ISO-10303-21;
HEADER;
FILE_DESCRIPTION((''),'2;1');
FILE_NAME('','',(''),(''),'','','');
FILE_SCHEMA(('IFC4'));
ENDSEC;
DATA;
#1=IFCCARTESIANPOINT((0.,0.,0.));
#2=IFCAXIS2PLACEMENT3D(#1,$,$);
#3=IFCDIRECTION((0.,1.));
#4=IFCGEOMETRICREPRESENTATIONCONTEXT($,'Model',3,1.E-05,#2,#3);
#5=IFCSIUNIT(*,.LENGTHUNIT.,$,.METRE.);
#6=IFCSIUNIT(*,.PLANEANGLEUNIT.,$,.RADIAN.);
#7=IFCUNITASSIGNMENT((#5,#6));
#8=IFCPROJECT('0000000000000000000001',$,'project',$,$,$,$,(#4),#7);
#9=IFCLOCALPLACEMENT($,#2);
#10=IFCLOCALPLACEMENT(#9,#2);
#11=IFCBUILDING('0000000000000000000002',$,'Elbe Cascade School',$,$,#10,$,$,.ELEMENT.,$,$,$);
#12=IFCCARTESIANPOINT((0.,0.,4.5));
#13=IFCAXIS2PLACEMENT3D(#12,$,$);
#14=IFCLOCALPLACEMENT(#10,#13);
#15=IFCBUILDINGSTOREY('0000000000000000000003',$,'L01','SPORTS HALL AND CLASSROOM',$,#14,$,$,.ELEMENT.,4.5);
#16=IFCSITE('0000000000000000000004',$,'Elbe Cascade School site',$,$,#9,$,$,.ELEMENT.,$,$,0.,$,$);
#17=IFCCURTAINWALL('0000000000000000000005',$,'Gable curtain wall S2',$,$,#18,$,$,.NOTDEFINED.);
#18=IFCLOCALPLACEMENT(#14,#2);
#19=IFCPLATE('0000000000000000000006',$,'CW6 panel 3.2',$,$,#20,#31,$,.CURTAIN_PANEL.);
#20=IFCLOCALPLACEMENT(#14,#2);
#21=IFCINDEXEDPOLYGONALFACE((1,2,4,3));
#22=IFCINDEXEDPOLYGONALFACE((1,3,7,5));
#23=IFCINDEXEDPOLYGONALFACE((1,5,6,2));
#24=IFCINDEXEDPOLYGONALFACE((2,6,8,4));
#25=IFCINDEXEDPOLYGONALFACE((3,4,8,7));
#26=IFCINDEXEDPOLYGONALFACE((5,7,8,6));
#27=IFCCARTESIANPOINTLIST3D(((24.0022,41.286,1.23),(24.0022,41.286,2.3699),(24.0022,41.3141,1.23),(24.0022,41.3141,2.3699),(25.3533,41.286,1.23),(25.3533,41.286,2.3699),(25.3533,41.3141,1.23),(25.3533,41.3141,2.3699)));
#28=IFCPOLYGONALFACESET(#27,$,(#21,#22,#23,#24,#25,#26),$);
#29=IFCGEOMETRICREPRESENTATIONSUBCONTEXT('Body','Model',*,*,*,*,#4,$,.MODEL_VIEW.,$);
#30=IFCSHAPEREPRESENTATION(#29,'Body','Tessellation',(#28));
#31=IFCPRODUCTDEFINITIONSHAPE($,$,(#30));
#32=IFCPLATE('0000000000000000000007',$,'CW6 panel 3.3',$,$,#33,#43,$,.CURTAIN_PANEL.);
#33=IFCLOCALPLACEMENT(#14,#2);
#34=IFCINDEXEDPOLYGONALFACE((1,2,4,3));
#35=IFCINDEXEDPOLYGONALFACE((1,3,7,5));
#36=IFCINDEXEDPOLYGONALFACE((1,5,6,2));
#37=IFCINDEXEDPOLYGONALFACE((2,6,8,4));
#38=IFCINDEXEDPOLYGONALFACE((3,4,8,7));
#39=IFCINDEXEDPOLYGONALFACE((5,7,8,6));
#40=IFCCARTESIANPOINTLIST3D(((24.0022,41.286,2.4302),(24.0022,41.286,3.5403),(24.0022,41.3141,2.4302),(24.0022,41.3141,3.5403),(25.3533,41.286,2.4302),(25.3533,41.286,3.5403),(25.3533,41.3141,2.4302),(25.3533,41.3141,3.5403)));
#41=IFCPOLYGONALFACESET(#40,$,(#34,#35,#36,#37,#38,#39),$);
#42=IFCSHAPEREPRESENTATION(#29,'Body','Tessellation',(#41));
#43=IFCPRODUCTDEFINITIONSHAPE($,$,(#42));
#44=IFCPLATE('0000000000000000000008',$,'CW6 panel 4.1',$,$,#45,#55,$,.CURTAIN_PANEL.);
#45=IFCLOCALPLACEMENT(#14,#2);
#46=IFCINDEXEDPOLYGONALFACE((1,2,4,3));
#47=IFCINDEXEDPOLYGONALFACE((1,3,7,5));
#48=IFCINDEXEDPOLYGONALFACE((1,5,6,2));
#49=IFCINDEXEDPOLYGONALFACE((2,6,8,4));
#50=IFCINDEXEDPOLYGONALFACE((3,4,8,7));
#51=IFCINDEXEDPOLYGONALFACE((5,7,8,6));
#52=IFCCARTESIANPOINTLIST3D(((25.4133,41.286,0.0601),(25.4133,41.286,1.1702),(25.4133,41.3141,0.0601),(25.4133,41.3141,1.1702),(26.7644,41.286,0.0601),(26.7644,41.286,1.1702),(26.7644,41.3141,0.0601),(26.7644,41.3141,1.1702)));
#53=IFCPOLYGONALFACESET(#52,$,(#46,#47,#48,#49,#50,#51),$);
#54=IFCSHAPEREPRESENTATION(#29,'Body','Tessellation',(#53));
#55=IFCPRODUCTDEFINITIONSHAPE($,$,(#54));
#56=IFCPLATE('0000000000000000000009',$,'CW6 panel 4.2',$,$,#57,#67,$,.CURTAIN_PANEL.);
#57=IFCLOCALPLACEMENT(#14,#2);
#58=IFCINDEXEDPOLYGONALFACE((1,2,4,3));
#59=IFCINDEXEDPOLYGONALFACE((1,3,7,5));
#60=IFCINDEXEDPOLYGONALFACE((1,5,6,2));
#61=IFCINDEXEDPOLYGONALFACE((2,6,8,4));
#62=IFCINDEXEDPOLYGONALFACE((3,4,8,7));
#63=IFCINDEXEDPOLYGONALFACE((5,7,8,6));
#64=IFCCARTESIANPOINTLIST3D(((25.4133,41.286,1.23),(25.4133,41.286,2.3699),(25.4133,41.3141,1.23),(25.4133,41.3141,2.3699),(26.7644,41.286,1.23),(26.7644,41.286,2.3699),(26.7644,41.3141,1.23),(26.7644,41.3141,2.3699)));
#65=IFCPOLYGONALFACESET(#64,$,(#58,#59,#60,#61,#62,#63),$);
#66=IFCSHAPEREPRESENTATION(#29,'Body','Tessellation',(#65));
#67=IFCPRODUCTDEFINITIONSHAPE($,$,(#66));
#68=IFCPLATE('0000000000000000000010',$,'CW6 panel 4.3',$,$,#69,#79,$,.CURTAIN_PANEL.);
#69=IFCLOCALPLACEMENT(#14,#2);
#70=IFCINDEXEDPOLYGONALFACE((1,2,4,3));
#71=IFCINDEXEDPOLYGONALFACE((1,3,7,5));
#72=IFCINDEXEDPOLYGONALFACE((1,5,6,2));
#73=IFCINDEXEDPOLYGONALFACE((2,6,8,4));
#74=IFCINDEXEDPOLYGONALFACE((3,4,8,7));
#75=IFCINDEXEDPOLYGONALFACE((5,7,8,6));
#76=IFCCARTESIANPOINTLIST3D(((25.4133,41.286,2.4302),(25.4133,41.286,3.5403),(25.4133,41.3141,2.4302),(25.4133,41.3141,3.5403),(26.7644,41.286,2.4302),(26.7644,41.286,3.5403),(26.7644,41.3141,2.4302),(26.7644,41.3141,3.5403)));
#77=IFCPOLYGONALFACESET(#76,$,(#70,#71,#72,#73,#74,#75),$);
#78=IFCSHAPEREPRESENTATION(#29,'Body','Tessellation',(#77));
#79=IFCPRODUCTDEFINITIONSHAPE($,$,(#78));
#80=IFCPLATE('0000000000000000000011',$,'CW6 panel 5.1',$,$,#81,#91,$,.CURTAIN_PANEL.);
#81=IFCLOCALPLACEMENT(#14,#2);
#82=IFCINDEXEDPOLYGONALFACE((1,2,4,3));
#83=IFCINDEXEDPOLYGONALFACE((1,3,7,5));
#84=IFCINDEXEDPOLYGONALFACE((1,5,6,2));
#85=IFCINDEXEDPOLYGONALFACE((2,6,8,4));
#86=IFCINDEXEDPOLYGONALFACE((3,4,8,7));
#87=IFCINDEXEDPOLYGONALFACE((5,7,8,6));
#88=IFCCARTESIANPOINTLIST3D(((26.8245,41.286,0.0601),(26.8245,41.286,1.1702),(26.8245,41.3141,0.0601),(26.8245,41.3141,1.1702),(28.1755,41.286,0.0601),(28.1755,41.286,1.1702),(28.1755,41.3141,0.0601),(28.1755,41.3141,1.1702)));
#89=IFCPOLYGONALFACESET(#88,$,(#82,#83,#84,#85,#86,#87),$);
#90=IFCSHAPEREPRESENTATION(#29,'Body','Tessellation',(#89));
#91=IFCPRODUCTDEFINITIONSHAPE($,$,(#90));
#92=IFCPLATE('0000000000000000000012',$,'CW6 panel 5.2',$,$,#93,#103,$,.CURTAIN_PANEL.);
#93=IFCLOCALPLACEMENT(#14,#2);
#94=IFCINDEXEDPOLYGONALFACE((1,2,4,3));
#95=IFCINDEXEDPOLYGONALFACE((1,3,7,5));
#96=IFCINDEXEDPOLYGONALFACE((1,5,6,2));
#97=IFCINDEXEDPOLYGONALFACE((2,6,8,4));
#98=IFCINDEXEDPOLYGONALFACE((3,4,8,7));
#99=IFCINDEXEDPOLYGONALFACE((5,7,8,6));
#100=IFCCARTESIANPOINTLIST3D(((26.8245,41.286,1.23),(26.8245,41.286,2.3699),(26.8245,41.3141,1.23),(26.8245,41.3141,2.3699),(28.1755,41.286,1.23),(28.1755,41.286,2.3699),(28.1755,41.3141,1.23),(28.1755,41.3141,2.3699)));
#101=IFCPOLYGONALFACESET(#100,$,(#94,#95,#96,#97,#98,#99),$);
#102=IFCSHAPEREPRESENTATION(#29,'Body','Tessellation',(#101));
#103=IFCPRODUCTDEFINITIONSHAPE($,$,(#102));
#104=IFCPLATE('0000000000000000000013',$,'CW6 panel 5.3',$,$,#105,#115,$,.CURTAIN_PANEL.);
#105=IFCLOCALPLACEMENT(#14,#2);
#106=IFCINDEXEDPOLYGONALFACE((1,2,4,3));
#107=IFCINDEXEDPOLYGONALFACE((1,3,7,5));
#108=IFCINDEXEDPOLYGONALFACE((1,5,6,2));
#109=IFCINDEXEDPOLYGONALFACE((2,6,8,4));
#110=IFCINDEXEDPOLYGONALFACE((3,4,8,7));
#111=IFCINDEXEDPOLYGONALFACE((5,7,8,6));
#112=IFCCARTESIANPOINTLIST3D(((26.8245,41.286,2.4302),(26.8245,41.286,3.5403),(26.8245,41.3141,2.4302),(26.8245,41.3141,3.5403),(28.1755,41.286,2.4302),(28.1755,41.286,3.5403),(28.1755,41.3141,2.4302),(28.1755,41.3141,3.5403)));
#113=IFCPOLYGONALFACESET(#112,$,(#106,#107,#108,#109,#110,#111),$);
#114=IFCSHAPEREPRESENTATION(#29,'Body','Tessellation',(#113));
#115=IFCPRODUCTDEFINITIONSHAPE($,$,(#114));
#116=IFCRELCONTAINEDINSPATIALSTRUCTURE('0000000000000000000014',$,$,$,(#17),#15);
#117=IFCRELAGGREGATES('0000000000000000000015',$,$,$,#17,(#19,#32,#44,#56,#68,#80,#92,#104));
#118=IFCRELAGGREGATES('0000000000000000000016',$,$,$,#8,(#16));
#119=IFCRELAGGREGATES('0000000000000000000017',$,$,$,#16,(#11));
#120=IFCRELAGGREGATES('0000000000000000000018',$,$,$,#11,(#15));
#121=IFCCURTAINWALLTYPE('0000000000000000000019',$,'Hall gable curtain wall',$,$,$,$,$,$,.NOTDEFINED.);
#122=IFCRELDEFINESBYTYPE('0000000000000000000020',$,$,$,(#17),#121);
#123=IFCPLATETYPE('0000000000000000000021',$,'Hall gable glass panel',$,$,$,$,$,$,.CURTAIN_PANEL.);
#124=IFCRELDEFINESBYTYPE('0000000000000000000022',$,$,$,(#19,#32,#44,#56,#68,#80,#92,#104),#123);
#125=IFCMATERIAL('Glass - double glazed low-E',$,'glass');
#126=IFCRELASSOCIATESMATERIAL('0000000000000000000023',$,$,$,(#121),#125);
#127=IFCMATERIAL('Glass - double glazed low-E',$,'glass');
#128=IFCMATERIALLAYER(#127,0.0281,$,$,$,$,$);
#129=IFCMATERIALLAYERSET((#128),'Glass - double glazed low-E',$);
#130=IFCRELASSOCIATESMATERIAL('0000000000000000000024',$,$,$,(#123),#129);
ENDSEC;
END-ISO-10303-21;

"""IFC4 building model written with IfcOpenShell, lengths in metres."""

from ifc_helpers import new_model, si_unit, direction, frame, origin, origin_2d, place, context, subcontext, project, spatial, rectangle, extrude, material, layer, layer_set, type_object, element, aggregate, save


model = new_model("IFC4")

# Units and contexts
model_context = context("Model", 3, precision=1e-05, world=origin(), true_north=direction((0.0, 1.0)))
body_context = subcontext(model_context, "Body", "Model", "MODEL_VIEW")
ifc_project = project(units=[si_unit("LENGTHUNIT", "METRE"), si_unit("PLANEANGLEUNIT", "RADIAN")], contexts=[model_context])

# Site, building, storey
site_placement = place(None, origin())
site = spatial("IfcSite", under=ifc_project, at=site_placement, Name="Elbe Cascade School site", CompositionType="ELEMENT", RefElevation=0.0)
building_placement = place(site_placement, origin())
building = spatial("IfcBuilding", under=site, at=building_placement, Name="Elbe Cascade School", CompositionType="ELEMENT")
storey_placement = place(building_placement, frame((0.0, 0.0, 4.5)))
storey = spatial("IfcBuildingStorey", under=building, at=storey_placement, Name="L01", Description="SPORTS HALL AND CLASSROOM", CompositionType="ELEMENT", Elevation=4.5)

# Curtain wall, plates
ifc_material_1 = material(Name="Glass - double glazed low-E", Category="glass")
curtain_wall_type = type_object("IfcCurtainWallType", Name="Hall gable curtain wall", PredefinedType="NOTDEFINED", material=ifc_material_1)
curtain_wall_placement = place(storey_placement, origin())
curtain_wall = element("IfcCurtainWall", 1, at=curtain_wall_placement, inside=storey, type_object=curtain_wall_type, Name="Gable curtain wall S2", PredefinedType="NOTDEFINED")
ifc_material_2 = material(Name="Glass - double glazed low-E", Category="glass")
ifc_layer = layer(ifc_material_2, 0.0281)
ifc_layer_set = layer_set([ifc_layer], Name="Glass - double glazed low-E")
plate_type = type_object("IfcPlateType", Name="Hall gable glass panel", PredefinedType="CURTAIN_PANEL", material=ifc_layer_set)
plate_1_placement = place(storey_placement, frame((24.6777, 41.3, 1.23), z_axis=(0.0, 0.0, 1.0), x_axis=(1.0, 0.0, 0.0)))
plate_1 = element("IfcPlate", 2, at=plate_1_placement, type_object=plate_type, Name="CW6 panel 3.2", PredefinedType="CURTAIN_PANEL", context=body_context, shape_type="SweptSolid", body=[
    extrude(rectangle(XDim=1.3511, YDim=0.0281, at=origin_2d()), origin(), (0.0, 0.0, 1.0), 1.1399),
])
plate_2_placement = place(storey_placement, frame((24.6777, 41.3, 2.4302), z_axis=(0.0, 0.0, 1.0), x_axis=(1.0, 0.0, 0.0)))
plate_2 = element("IfcPlate", 3, at=plate_2_placement, type_object=plate_type, Name="CW6 panel 3.3", PredefinedType="CURTAIN_PANEL", context=body_context, shape_type="SweptSolid", body=[
    extrude(rectangle(XDim=1.3511, YDim=0.0281, at=origin_2d()), origin(), (0.0, 0.0, 1.0), 1.1101),
])
plate_3_placement = place(storey_placement, frame((26.0889, 41.3, 0.0601), z_axis=(0.0, 0.0, 1.0), x_axis=(1.0, 0.0, 0.0)))
plate_3 = element("IfcPlate", 4, at=plate_3_placement, type_object=plate_type, Name="CW6 panel 4.1", PredefinedType="CURTAIN_PANEL", context=body_context, shape_type="SweptSolid", body=[
    extrude(rectangle(XDim=1.3511, YDim=0.0281, at=origin_2d()), origin(), (0.0, 0.0, 1.0), 1.1101),
])
plate_4_placement = place(storey_placement, frame((26.0889, 41.3, 1.23), z_axis=(0.0, 0.0, 1.0), x_axis=(1.0, 0.0, 0.0)))
plate_4 = element("IfcPlate", 5, at=plate_4_placement, type_object=plate_type, Name="CW6 panel 4.2", PredefinedType="CURTAIN_PANEL", context=body_context, shape_type="SweptSolid", body=[
    extrude(rectangle(XDim=1.3511, YDim=0.0281, at=origin_2d()), origin(), (0.0, 0.0, 1.0), 1.1399),
])
plate_5_placement = place(storey_placement, frame((26.0889, 41.3, 2.4302), z_axis=(0.0, 0.0, 1.0), x_axis=(1.0, 0.0, 0.0)))
plate_5 = element("IfcPlate", 6, at=plate_5_placement, type_object=plate_type, Name="CW6 panel 4.3", PredefinedType="CURTAIN_PANEL", context=body_context, shape_type="SweptSolid", body=[
    extrude(rectangle(XDim=1.3511, YDim=0.0281, at=origin_2d()), origin(), (0.0, 0.0, 1.0), 1.1101),
])
plate_6_placement = place(storey_placement, frame((27.5, 41.3, 0.0601), z_axis=(0.0, 0.0, 1.0), x_axis=(1.0, 0.0, 0.0)))
plate_6 = element("IfcPlate", 7, at=plate_6_placement, type_object=plate_type, Name="CW6 panel 5.1", PredefinedType="CURTAIN_PANEL", context=body_context, shape_type="SweptSolid", body=[
    extrude(rectangle(XDim=1.3511, YDim=0.0281, at=origin_2d()), origin(), (0.0, 0.0, 1.0), 1.1101),
])
plate_7_placement = place(storey_placement, frame((27.5, 41.3, 1.23), z_axis=(0.0, 0.0, 1.0), x_axis=(1.0, 0.0, 0.0)))
plate_7 = element("IfcPlate", 8, at=plate_7_placement, type_object=plate_type, Name="CW6 panel 5.2", PredefinedType="CURTAIN_PANEL", context=body_context, shape_type="SweptSolid", body=[
    extrude(rectangle(XDim=1.3511, YDim=0.0281, at=origin_2d()), origin(), (0.0, 0.0, 1.0), 1.1399),
])
plate_8_placement = place(storey_placement, frame((27.5, 41.3, 2.4302), z_axis=(0.0, 0.0, 1.0), x_axis=(1.0, 0.0, 0.0)))
plate_8 = element("IfcPlate", 9, at=plate_8_placement, type_object=plate_type, Name="CW6 panel 5.3", PredefinedType="CURTAIN_PANEL", context=body_context, shape_type="SweptSolid", body=[
    extrude(rectangle(XDim=1.3511, YDim=0.0281, at=origin_2d()), origin(), (0.0, 0.0, 1.0), 1.1101),
])
aggregate(curtain_wall, [plate_1, plate_2, plate_3, plate_4, plate_5, plate_6, plate_7, plate_8])

save(model, "model.ifc")
